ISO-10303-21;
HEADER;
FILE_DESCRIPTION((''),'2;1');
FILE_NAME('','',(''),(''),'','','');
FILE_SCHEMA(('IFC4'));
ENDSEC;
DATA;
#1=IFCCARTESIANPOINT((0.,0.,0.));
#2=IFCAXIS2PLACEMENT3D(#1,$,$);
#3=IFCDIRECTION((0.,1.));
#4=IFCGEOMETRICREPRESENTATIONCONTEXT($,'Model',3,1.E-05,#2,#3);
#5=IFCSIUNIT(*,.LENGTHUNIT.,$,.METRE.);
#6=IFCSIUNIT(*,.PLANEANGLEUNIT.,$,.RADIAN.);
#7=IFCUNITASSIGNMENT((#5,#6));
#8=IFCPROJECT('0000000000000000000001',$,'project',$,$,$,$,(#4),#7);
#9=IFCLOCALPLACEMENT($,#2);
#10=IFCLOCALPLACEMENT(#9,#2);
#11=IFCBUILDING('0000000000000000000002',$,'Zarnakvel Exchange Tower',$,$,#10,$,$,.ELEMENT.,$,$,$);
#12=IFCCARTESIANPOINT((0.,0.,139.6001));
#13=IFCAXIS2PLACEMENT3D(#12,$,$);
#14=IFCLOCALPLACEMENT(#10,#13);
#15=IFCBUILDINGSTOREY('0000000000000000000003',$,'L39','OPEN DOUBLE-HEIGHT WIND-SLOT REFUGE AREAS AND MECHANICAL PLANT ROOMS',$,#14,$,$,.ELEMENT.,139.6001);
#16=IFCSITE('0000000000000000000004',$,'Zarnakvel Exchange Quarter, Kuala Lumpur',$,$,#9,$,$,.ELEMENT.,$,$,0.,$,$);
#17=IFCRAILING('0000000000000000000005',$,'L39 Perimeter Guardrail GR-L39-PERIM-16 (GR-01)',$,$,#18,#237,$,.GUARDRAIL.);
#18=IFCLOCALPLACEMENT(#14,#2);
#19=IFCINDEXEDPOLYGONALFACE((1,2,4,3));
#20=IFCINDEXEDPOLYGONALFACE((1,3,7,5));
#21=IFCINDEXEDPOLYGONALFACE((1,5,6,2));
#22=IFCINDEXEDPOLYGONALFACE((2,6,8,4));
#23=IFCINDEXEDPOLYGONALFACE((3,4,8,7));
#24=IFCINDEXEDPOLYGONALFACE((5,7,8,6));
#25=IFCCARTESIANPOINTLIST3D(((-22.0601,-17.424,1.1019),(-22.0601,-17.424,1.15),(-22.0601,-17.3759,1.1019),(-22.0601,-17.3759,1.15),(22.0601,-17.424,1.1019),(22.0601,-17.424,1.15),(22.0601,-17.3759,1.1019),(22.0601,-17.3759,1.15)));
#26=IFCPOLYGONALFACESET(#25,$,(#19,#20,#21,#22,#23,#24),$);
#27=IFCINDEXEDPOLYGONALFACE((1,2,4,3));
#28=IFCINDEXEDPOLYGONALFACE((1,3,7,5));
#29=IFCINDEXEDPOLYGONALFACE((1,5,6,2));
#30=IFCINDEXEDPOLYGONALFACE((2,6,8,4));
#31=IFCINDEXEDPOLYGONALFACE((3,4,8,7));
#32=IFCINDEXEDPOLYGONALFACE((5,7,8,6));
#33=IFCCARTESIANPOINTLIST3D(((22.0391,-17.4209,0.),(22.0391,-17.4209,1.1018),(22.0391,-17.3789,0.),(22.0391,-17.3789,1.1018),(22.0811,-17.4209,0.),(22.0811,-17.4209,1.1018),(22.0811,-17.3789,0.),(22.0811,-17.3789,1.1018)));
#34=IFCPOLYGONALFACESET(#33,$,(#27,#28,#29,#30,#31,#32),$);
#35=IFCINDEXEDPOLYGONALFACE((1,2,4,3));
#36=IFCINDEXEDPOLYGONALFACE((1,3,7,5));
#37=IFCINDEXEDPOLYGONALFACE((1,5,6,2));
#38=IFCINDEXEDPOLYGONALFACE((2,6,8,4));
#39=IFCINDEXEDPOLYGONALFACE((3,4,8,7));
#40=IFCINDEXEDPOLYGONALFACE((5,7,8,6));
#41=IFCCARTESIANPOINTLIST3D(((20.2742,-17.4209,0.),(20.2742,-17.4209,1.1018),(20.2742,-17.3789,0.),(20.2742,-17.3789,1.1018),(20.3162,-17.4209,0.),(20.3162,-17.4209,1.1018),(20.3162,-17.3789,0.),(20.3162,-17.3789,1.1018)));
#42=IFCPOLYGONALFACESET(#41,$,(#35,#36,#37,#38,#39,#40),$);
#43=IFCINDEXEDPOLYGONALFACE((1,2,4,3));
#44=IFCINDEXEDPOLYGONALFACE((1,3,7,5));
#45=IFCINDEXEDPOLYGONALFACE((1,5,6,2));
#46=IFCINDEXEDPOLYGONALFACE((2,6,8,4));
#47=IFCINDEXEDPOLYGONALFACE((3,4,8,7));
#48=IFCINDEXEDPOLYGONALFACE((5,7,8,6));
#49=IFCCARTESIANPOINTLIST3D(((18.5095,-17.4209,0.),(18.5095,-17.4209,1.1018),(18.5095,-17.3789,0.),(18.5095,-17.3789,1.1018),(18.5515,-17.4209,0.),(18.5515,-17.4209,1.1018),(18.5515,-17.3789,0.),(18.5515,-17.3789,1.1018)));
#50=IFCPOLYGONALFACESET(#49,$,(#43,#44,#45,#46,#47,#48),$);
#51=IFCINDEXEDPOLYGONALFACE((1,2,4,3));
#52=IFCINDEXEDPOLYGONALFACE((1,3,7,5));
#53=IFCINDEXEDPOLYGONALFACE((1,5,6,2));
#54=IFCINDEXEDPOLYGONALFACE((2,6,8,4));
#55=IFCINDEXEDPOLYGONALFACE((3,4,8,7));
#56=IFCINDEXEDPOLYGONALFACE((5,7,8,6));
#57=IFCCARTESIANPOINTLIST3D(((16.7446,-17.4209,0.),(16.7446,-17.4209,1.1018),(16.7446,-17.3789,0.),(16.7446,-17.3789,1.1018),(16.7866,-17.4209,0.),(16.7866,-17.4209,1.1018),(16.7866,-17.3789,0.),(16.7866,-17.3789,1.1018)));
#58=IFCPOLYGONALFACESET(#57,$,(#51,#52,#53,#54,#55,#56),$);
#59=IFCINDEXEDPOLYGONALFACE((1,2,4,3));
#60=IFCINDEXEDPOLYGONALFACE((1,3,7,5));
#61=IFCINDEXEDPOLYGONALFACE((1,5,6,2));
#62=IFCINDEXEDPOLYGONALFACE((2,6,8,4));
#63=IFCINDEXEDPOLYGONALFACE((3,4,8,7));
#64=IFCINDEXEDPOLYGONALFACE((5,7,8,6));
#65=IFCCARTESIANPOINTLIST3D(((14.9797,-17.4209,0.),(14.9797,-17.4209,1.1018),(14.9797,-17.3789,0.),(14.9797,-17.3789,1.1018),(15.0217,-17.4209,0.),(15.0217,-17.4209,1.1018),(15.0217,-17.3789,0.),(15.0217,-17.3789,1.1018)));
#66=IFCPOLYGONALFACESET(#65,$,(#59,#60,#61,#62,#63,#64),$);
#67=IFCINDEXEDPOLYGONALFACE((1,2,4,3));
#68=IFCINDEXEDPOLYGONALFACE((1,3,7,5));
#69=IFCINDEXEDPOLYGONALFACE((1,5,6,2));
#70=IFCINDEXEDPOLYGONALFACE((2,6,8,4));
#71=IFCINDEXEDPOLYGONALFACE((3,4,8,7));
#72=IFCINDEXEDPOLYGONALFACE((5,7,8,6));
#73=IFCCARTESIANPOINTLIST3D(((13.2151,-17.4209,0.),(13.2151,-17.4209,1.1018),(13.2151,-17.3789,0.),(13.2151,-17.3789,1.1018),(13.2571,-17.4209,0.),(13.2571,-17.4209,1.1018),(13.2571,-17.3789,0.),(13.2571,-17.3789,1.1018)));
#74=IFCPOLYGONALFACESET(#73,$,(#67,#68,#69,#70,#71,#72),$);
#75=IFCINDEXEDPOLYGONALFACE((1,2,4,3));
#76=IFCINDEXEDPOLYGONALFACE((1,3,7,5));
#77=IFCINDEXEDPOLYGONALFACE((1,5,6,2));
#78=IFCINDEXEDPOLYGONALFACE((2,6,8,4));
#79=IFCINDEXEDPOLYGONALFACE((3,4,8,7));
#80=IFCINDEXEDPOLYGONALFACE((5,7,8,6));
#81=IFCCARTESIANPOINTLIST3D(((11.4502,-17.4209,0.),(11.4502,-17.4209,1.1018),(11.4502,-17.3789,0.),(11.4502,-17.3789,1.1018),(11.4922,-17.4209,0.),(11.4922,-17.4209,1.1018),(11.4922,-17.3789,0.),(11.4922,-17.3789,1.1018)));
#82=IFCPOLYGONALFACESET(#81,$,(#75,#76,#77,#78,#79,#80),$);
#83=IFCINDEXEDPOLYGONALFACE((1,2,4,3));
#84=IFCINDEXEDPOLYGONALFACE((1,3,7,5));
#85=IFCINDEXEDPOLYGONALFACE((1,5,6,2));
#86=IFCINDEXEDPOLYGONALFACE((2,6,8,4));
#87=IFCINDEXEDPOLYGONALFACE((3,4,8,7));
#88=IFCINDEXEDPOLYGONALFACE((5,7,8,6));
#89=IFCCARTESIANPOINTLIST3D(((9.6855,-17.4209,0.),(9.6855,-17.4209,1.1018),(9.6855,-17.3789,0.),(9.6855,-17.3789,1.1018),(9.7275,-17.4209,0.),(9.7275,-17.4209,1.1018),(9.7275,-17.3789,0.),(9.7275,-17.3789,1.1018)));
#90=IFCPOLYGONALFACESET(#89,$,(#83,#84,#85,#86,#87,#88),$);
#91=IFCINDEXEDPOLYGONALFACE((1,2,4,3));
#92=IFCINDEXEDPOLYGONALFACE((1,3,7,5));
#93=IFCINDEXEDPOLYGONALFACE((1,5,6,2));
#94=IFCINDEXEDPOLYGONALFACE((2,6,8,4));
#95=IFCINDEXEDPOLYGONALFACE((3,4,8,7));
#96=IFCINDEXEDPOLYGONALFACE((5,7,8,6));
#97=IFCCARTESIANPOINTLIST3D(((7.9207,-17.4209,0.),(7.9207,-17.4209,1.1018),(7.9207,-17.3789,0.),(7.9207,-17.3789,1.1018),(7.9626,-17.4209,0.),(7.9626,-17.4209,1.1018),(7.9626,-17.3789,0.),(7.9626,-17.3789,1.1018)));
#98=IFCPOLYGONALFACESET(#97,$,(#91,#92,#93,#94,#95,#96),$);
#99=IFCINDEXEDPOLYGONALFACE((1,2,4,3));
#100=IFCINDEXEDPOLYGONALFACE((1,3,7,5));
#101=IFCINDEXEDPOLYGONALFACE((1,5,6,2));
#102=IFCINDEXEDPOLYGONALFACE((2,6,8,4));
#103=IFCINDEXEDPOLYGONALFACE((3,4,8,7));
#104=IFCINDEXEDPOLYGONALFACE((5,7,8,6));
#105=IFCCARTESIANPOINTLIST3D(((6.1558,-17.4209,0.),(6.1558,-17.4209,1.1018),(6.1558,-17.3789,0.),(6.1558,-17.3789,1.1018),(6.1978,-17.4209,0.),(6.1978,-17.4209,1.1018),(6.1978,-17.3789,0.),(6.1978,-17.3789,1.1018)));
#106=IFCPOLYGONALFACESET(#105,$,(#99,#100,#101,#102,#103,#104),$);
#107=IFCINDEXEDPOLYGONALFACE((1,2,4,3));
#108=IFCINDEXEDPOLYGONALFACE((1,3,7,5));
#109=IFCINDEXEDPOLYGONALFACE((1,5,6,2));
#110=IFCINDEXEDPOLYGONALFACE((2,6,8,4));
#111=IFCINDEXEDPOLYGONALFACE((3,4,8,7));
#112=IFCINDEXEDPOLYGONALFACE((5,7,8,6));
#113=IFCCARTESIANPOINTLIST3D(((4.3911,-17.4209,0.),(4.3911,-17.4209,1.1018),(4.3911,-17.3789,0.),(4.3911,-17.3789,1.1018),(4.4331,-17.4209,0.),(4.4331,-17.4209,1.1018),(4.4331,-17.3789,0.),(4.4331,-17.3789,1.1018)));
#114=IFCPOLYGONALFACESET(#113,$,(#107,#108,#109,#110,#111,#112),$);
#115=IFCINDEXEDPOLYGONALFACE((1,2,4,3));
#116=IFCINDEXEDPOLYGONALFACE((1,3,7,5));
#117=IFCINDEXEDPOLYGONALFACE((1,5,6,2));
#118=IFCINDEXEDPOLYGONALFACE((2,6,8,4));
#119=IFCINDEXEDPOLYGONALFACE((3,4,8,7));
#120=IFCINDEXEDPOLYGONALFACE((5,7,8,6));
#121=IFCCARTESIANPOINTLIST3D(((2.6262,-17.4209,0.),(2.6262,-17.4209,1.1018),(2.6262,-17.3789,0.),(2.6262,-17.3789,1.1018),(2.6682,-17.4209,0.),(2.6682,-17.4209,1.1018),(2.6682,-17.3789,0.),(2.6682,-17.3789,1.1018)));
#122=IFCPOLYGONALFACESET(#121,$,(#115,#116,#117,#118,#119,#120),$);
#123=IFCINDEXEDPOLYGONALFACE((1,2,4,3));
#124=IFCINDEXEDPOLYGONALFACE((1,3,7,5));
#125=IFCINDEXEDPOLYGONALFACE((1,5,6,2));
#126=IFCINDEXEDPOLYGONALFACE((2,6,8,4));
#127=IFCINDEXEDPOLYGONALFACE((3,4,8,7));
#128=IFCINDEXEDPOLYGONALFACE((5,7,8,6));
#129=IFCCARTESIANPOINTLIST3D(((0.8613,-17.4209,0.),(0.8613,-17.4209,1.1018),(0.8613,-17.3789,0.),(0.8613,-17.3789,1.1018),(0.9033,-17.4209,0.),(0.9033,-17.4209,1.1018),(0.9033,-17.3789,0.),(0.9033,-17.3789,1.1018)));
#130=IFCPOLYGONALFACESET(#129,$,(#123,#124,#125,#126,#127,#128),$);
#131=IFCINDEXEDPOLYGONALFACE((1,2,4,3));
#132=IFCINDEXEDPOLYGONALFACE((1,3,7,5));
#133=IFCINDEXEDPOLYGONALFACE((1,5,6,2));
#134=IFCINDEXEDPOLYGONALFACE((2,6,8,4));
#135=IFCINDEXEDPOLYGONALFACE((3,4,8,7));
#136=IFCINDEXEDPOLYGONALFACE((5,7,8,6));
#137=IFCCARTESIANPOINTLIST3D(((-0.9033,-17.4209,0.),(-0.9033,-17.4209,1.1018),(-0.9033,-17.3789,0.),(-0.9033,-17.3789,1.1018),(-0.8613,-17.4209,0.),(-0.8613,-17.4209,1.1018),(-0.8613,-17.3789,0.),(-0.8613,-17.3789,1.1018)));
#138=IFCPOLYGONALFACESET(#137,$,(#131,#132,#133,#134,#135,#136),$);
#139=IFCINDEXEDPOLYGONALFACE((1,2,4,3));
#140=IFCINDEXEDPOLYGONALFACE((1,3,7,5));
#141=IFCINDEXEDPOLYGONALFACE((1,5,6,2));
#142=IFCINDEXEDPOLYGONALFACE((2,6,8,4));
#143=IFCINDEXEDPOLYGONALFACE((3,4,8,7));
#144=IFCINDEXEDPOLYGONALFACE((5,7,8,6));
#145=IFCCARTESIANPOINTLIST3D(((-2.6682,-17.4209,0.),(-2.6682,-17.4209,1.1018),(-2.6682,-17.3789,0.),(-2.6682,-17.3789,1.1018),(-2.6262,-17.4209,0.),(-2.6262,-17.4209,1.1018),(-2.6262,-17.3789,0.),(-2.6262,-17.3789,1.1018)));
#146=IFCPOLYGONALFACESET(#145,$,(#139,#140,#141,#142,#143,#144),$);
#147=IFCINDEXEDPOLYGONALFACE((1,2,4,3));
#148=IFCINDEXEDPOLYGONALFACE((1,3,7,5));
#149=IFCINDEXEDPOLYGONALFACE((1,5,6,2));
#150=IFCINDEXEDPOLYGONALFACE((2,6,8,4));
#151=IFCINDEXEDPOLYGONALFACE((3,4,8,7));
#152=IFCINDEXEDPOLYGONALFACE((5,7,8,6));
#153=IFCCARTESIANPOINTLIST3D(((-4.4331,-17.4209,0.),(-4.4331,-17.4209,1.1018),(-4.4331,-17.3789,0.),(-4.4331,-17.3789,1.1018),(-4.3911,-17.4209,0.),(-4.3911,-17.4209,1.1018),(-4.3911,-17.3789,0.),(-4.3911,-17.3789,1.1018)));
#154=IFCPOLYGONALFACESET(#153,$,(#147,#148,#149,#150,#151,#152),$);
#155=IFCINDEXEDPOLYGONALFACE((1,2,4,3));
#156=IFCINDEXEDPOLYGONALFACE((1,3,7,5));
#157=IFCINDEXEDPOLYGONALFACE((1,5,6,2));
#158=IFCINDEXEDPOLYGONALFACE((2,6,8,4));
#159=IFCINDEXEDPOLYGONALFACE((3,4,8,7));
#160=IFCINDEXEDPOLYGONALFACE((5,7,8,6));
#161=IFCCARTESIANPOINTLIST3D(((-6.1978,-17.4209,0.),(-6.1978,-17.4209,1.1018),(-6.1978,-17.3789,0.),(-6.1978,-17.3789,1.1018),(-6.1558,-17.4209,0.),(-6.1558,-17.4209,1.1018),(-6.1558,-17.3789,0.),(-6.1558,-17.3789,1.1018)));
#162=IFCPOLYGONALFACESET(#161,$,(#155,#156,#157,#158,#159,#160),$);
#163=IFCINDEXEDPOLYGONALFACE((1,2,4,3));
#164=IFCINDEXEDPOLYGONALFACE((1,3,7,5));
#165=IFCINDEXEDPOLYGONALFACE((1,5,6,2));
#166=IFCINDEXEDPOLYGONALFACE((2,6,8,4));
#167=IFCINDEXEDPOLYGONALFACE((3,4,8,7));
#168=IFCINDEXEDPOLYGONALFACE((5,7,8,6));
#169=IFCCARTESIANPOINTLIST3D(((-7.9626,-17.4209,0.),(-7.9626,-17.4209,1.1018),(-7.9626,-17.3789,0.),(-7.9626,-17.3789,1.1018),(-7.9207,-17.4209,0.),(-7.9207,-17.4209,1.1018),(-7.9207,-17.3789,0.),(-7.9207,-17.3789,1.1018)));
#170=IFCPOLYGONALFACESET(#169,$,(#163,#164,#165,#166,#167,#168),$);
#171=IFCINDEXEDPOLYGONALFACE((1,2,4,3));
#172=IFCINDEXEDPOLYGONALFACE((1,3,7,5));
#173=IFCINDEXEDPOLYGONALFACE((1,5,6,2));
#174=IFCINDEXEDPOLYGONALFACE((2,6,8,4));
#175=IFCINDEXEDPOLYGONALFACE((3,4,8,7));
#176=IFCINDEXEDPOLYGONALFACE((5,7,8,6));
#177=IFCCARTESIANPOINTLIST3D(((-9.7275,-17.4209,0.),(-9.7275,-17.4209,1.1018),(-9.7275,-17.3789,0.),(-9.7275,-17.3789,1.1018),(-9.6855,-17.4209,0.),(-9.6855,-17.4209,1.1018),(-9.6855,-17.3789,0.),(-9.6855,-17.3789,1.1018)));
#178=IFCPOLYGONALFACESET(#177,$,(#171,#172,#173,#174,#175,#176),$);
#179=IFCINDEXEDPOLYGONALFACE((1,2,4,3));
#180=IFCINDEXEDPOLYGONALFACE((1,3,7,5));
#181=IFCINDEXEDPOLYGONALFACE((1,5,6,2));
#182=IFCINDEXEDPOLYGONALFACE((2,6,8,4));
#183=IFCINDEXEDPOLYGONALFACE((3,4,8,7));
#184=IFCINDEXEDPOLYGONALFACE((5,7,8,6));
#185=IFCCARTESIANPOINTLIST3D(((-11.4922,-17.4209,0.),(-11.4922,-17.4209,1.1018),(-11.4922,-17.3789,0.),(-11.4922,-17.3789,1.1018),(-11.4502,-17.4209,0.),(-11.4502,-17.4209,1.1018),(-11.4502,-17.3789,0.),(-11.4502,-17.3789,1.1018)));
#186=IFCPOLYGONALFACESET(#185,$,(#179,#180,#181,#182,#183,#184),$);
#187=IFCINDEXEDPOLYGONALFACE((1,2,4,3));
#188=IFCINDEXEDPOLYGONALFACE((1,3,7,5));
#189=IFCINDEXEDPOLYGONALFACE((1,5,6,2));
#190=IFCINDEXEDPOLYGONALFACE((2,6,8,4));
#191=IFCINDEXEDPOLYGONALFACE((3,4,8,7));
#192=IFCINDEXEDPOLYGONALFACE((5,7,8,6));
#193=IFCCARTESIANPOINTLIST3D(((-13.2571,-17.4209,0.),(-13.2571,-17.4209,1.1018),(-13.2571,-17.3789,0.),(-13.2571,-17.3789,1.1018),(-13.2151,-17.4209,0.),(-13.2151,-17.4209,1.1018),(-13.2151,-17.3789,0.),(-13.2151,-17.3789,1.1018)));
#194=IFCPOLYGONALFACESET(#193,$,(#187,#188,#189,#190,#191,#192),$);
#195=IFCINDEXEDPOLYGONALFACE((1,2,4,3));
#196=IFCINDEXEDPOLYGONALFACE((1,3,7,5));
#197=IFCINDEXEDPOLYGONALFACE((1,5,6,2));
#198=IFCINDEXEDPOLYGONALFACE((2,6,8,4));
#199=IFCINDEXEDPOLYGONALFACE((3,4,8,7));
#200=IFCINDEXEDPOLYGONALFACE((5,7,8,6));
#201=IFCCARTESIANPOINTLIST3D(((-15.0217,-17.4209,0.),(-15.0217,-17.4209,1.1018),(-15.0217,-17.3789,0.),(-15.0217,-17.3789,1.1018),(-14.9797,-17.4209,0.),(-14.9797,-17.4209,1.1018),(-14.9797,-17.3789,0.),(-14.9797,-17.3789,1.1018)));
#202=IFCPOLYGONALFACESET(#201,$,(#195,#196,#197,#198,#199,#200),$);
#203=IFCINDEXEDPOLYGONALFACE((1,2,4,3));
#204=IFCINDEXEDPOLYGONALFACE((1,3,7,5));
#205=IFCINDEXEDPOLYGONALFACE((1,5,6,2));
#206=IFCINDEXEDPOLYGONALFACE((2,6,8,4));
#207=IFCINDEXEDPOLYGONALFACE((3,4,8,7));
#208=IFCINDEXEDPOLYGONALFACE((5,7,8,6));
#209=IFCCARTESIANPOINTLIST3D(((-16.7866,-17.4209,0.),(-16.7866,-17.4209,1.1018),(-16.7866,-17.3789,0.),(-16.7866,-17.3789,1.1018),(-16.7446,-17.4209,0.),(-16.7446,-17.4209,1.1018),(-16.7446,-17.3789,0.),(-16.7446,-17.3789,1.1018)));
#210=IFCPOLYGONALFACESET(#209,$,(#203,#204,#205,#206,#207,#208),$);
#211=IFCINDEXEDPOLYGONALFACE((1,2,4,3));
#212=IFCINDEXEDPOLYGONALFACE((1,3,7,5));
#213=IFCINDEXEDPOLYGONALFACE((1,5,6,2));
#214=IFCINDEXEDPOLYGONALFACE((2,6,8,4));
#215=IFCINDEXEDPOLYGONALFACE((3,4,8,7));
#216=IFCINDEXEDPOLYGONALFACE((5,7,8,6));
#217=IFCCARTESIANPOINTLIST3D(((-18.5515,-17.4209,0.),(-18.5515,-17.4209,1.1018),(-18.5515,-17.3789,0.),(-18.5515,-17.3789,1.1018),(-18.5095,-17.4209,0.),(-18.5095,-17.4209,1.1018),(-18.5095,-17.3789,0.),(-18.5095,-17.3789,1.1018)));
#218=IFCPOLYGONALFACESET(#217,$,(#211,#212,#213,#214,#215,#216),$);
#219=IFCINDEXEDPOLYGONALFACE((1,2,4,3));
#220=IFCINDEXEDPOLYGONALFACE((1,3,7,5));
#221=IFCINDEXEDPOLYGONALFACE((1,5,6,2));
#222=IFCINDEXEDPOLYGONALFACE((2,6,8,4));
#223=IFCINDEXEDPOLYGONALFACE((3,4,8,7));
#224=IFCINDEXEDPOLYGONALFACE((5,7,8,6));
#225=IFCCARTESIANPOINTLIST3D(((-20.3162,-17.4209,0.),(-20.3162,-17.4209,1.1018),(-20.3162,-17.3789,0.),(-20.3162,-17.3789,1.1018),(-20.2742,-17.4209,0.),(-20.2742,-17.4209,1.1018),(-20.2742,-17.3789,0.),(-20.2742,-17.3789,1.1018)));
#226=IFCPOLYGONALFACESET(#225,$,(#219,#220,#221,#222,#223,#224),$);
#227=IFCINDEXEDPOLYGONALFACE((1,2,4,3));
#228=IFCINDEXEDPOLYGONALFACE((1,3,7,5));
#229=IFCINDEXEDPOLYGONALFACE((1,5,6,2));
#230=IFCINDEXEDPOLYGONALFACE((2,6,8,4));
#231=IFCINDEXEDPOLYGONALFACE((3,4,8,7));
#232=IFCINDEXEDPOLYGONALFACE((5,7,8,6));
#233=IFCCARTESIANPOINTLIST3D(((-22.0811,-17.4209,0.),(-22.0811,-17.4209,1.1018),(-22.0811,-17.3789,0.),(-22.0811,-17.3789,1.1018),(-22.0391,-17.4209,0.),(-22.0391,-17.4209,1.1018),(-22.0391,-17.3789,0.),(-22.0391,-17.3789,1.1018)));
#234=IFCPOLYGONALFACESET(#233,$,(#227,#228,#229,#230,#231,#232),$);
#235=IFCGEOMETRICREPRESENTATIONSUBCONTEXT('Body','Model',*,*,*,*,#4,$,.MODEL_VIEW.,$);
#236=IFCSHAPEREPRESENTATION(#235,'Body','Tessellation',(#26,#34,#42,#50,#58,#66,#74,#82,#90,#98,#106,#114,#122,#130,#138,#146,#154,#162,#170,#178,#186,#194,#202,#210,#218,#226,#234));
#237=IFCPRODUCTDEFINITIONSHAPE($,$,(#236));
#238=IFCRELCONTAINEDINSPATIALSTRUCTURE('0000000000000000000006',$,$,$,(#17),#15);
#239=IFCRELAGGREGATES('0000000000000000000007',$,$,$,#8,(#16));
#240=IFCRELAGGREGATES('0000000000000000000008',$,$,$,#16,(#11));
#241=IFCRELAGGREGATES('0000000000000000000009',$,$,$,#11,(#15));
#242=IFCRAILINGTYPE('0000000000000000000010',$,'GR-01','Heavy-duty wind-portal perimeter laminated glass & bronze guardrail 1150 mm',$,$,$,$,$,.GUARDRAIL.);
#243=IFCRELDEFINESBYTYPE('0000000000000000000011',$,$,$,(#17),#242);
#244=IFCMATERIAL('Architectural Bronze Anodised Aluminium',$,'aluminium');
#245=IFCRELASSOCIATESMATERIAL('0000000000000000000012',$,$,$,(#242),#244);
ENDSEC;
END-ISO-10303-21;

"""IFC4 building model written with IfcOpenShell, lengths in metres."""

from ifc_helpers import new_model, si_unit, direction, frame, origin, origin_2d, place, context, subcontext, project, spatial, rectangle, extrude, material, type_object, element, save


model = new_model("IFC4")

# Units and contexts
model_context = context("Model", 3, precision=1e-05, world=origin(), true_north=direction((0.0, 1.0)))
body_context = subcontext(model_context, "Body", "Model", "MODEL_VIEW")
ifc_project = project(units=[si_unit("LENGTHUNIT", "METRE"), si_unit("PLANEANGLEUNIT", "RADIAN")], contexts=[model_context])

# Site, building, storey
site_placement = place(None, origin())
site = spatial("IfcSite", under=ifc_project, at=site_placement, Name="Zarnakvel Exchange Quarter, Kuala Lumpur", CompositionType="ELEMENT", RefElevation=0.0)
building_placement = place(site_placement, origin())
building = spatial("IfcBuilding", under=site, at=building_placement, Name="Zarnakvel Exchange Tower", CompositionType="ELEMENT")
storey_placement = place(building_placement, frame((0.0, 0.0, 139.6001)))
storey = spatial("IfcBuildingStorey", under=building, at=storey_placement, Name="L39", Description="OPEN DOUBLE-HEIGHT WIND-SLOT REFUGE AREAS AND MECHANICAL PLANT ROOMS", CompositionType="ELEMENT", Elevation=139.6001)

# Railing
ifc_material_1 = material(Name="Architectural Bronze Anodised Aluminium", Category="aluminium")
railing_type = type_object("IfcRailingType", Name="GR-01", Description="Heavy-duty wind-portal perimeter laminated glass & bronze guardrail 1150 mm", PredefinedType="GUARDRAIL", material=ifc_material_1)
railing_1_placement = place(storey_placement, frame((22.0601, -17.3999, 0.0)))
element("IfcRailing", 1, at=railing_1_placement, inside=storey, type_object=railing_type, Name="L39 Perimeter Guardrail GR-L39-PERIM-16 (GR-01)", PredefinedType="GUARDRAIL", context=body_context, shape_type="SweptSolid", body=[
    extrude(rectangle(XDim=0.0481, YDim=0.0481, at=origin_2d()), frame((0.0, 0.0, 1.126), z_axis=(-1.0, 0.0, 0.0), x_axis=(0.0, -1.0, 0.0)), (0.0, 0.0, 1.0), 44.1201),
    extrude(rectangle(XDim=0.042, YDim=0.042, at=origin_2d()), origin(), (0.0, 0.0, 1.0), 1.1018),
    extrude(rectangle(XDim=0.042, YDim=0.042, at=origin_2d()), frame((-1.7649, 0.0, 0.0)), (0.0, 0.0, 1.0), 1.1018),
    extrude(rectangle(XDim=0.042, YDim=0.042, at=origin_2d()), frame((-3.5295, 0.0, 0.0)), (0.0, 0.0, 1.0), 1.1018),
    extrude(rectangle(XDim=0.042, YDim=0.042, at=origin_2d()), frame((-5.2944, 0.0, 0.0)), (0.0, 0.0, 1.0), 1.1018),
    extrude(rectangle(XDim=0.042, YDim=0.042, at=origin_2d()), frame((-7.0593, 0.0, 0.0)), (0.0, 0.0, 1.0), 1.1018),
    extrude(rectangle(XDim=0.042, YDim=0.042, at=origin_2d()), frame((-8.824, 0.0, 0.0)), (0.0, 0.0, 1.0), 1.1018),
    extrude(rectangle(XDim=0.042, YDim=0.042, at=origin_2d()), frame((-10.5889, 0.0, 0.0)), (0.0, 0.0, 1.0), 1.1018),
    extrude(rectangle(XDim=0.042, YDim=0.042, at=origin_2d()), frame((-12.3535, 0.0, 0.0)), (0.0, 0.0, 1.0), 1.1018),
    extrude(rectangle(XDim=0.042, YDim=0.042, at=origin_2d()), frame((-14.1184, 0.0, 0.0)), (0.0, 0.0, 1.0), 1.1018),
    extrude(rectangle(XDim=0.042, YDim=0.042, at=origin_2d()), frame((-15.8833, 0.0, 0.0)), (0.0, 0.0, 1.0), 1.1018),
    extrude(rectangle(XDim=0.042, YDim=0.042, at=origin_2d()), frame((-17.6479, 0.0, 0.0)), (0.0, 0.0, 1.0), 1.1018),
    extrude(rectangle(XDim=0.042, YDim=0.042, at=origin_2d()), frame((-19.4128, 0.0, 0.0)), (0.0, 0.0, 1.0), 1.1018),
    extrude(rectangle(XDim=0.042, YDim=0.042, at=origin_2d()), frame((-21.1777, 0.0, 0.0)), (0.0, 0.0, 1.0), 1.1018),
    extrude(rectangle(XDim=0.042, YDim=0.042, at=origin_2d()), frame((-22.9424, 0.0, 0.0)), (0.0, 0.0, 1.0), 1.1018),
    extrude(rectangle(XDim=0.042, YDim=0.042, at=origin_2d()), frame((-24.7073, 0.0, 0.0)), (0.0, 0.0, 1.0), 1.1018),
    extrude(rectangle(XDim=0.042, YDim=0.042, at=origin_2d()), frame((-26.4722, 0.0, 0.0)), (0.0, 0.0, 1.0), 1.1018),
    extrude(rectangle(XDim=0.042, YDim=0.042, at=origin_2d()), frame((-28.2368, 0.0, 0.0)), (0.0, 0.0, 1.0), 1.1018),
    extrude(rectangle(XDim=0.042, YDim=0.042, at=origin_2d()), frame((-30.0017, 0.0, 0.0)), (0.0, 0.0, 1.0), 1.1018),
    extrude(rectangle(XDim=0.042, YDim=0.042, at=origin_2d()), frame((-31.7666, 0.0, 0.0)), (0.0, 0.0, 1.0), 1.1018),
    extrude(rectangle(XDim=0.042, YDim=0.042, at=origin_2d()), frame((-33.5312, 0.0, 0.0)), (0.0, 0.0, 1.0), 1.1018),
    extrude(rectangle(XDim=0.042, YDim=0.042, at=origin_2d()), frame((-35.2961, 0.0, 0.0)), (0.0, 0.0, 1.0), 1.1018),
    extrude(rectangle(XDim=0.042, YDim=0.042, at=origin_2d()), frame((-37.0608, 0.0, 0.0)), (0.0, 0.0, 1.0), 1.1018),
    extrude(rectangle(XDim=0.042, YDim=0.042, at=origin_2d()), frame((-38.8257, 0.0, 0.0)), (0.0, 0.0, 1.0), 1.1018),
    extrude(rectangle(XDim=0.042, YDim=0.042, at=origin_2d()), frame((-40.5906, 0.0, 0.0)), (0.0, 0.0, 1.0), 1.1018),
    extrude(rectangle(XDim=0.042, YDim=0.042, at=origin_2d()), frame((-42.3552, 0.0, 0.0)), (0.0, 0.0, 1.0), 1.1018),
    extrude(rectangle(XDim=0.042, YDim=0.042, at=origin_2d()), frame((-44.1201, 0.0, 0.0)), (0.0, 0.0, 1.0), 1.1018),
])

save(model, "model.ifc")
